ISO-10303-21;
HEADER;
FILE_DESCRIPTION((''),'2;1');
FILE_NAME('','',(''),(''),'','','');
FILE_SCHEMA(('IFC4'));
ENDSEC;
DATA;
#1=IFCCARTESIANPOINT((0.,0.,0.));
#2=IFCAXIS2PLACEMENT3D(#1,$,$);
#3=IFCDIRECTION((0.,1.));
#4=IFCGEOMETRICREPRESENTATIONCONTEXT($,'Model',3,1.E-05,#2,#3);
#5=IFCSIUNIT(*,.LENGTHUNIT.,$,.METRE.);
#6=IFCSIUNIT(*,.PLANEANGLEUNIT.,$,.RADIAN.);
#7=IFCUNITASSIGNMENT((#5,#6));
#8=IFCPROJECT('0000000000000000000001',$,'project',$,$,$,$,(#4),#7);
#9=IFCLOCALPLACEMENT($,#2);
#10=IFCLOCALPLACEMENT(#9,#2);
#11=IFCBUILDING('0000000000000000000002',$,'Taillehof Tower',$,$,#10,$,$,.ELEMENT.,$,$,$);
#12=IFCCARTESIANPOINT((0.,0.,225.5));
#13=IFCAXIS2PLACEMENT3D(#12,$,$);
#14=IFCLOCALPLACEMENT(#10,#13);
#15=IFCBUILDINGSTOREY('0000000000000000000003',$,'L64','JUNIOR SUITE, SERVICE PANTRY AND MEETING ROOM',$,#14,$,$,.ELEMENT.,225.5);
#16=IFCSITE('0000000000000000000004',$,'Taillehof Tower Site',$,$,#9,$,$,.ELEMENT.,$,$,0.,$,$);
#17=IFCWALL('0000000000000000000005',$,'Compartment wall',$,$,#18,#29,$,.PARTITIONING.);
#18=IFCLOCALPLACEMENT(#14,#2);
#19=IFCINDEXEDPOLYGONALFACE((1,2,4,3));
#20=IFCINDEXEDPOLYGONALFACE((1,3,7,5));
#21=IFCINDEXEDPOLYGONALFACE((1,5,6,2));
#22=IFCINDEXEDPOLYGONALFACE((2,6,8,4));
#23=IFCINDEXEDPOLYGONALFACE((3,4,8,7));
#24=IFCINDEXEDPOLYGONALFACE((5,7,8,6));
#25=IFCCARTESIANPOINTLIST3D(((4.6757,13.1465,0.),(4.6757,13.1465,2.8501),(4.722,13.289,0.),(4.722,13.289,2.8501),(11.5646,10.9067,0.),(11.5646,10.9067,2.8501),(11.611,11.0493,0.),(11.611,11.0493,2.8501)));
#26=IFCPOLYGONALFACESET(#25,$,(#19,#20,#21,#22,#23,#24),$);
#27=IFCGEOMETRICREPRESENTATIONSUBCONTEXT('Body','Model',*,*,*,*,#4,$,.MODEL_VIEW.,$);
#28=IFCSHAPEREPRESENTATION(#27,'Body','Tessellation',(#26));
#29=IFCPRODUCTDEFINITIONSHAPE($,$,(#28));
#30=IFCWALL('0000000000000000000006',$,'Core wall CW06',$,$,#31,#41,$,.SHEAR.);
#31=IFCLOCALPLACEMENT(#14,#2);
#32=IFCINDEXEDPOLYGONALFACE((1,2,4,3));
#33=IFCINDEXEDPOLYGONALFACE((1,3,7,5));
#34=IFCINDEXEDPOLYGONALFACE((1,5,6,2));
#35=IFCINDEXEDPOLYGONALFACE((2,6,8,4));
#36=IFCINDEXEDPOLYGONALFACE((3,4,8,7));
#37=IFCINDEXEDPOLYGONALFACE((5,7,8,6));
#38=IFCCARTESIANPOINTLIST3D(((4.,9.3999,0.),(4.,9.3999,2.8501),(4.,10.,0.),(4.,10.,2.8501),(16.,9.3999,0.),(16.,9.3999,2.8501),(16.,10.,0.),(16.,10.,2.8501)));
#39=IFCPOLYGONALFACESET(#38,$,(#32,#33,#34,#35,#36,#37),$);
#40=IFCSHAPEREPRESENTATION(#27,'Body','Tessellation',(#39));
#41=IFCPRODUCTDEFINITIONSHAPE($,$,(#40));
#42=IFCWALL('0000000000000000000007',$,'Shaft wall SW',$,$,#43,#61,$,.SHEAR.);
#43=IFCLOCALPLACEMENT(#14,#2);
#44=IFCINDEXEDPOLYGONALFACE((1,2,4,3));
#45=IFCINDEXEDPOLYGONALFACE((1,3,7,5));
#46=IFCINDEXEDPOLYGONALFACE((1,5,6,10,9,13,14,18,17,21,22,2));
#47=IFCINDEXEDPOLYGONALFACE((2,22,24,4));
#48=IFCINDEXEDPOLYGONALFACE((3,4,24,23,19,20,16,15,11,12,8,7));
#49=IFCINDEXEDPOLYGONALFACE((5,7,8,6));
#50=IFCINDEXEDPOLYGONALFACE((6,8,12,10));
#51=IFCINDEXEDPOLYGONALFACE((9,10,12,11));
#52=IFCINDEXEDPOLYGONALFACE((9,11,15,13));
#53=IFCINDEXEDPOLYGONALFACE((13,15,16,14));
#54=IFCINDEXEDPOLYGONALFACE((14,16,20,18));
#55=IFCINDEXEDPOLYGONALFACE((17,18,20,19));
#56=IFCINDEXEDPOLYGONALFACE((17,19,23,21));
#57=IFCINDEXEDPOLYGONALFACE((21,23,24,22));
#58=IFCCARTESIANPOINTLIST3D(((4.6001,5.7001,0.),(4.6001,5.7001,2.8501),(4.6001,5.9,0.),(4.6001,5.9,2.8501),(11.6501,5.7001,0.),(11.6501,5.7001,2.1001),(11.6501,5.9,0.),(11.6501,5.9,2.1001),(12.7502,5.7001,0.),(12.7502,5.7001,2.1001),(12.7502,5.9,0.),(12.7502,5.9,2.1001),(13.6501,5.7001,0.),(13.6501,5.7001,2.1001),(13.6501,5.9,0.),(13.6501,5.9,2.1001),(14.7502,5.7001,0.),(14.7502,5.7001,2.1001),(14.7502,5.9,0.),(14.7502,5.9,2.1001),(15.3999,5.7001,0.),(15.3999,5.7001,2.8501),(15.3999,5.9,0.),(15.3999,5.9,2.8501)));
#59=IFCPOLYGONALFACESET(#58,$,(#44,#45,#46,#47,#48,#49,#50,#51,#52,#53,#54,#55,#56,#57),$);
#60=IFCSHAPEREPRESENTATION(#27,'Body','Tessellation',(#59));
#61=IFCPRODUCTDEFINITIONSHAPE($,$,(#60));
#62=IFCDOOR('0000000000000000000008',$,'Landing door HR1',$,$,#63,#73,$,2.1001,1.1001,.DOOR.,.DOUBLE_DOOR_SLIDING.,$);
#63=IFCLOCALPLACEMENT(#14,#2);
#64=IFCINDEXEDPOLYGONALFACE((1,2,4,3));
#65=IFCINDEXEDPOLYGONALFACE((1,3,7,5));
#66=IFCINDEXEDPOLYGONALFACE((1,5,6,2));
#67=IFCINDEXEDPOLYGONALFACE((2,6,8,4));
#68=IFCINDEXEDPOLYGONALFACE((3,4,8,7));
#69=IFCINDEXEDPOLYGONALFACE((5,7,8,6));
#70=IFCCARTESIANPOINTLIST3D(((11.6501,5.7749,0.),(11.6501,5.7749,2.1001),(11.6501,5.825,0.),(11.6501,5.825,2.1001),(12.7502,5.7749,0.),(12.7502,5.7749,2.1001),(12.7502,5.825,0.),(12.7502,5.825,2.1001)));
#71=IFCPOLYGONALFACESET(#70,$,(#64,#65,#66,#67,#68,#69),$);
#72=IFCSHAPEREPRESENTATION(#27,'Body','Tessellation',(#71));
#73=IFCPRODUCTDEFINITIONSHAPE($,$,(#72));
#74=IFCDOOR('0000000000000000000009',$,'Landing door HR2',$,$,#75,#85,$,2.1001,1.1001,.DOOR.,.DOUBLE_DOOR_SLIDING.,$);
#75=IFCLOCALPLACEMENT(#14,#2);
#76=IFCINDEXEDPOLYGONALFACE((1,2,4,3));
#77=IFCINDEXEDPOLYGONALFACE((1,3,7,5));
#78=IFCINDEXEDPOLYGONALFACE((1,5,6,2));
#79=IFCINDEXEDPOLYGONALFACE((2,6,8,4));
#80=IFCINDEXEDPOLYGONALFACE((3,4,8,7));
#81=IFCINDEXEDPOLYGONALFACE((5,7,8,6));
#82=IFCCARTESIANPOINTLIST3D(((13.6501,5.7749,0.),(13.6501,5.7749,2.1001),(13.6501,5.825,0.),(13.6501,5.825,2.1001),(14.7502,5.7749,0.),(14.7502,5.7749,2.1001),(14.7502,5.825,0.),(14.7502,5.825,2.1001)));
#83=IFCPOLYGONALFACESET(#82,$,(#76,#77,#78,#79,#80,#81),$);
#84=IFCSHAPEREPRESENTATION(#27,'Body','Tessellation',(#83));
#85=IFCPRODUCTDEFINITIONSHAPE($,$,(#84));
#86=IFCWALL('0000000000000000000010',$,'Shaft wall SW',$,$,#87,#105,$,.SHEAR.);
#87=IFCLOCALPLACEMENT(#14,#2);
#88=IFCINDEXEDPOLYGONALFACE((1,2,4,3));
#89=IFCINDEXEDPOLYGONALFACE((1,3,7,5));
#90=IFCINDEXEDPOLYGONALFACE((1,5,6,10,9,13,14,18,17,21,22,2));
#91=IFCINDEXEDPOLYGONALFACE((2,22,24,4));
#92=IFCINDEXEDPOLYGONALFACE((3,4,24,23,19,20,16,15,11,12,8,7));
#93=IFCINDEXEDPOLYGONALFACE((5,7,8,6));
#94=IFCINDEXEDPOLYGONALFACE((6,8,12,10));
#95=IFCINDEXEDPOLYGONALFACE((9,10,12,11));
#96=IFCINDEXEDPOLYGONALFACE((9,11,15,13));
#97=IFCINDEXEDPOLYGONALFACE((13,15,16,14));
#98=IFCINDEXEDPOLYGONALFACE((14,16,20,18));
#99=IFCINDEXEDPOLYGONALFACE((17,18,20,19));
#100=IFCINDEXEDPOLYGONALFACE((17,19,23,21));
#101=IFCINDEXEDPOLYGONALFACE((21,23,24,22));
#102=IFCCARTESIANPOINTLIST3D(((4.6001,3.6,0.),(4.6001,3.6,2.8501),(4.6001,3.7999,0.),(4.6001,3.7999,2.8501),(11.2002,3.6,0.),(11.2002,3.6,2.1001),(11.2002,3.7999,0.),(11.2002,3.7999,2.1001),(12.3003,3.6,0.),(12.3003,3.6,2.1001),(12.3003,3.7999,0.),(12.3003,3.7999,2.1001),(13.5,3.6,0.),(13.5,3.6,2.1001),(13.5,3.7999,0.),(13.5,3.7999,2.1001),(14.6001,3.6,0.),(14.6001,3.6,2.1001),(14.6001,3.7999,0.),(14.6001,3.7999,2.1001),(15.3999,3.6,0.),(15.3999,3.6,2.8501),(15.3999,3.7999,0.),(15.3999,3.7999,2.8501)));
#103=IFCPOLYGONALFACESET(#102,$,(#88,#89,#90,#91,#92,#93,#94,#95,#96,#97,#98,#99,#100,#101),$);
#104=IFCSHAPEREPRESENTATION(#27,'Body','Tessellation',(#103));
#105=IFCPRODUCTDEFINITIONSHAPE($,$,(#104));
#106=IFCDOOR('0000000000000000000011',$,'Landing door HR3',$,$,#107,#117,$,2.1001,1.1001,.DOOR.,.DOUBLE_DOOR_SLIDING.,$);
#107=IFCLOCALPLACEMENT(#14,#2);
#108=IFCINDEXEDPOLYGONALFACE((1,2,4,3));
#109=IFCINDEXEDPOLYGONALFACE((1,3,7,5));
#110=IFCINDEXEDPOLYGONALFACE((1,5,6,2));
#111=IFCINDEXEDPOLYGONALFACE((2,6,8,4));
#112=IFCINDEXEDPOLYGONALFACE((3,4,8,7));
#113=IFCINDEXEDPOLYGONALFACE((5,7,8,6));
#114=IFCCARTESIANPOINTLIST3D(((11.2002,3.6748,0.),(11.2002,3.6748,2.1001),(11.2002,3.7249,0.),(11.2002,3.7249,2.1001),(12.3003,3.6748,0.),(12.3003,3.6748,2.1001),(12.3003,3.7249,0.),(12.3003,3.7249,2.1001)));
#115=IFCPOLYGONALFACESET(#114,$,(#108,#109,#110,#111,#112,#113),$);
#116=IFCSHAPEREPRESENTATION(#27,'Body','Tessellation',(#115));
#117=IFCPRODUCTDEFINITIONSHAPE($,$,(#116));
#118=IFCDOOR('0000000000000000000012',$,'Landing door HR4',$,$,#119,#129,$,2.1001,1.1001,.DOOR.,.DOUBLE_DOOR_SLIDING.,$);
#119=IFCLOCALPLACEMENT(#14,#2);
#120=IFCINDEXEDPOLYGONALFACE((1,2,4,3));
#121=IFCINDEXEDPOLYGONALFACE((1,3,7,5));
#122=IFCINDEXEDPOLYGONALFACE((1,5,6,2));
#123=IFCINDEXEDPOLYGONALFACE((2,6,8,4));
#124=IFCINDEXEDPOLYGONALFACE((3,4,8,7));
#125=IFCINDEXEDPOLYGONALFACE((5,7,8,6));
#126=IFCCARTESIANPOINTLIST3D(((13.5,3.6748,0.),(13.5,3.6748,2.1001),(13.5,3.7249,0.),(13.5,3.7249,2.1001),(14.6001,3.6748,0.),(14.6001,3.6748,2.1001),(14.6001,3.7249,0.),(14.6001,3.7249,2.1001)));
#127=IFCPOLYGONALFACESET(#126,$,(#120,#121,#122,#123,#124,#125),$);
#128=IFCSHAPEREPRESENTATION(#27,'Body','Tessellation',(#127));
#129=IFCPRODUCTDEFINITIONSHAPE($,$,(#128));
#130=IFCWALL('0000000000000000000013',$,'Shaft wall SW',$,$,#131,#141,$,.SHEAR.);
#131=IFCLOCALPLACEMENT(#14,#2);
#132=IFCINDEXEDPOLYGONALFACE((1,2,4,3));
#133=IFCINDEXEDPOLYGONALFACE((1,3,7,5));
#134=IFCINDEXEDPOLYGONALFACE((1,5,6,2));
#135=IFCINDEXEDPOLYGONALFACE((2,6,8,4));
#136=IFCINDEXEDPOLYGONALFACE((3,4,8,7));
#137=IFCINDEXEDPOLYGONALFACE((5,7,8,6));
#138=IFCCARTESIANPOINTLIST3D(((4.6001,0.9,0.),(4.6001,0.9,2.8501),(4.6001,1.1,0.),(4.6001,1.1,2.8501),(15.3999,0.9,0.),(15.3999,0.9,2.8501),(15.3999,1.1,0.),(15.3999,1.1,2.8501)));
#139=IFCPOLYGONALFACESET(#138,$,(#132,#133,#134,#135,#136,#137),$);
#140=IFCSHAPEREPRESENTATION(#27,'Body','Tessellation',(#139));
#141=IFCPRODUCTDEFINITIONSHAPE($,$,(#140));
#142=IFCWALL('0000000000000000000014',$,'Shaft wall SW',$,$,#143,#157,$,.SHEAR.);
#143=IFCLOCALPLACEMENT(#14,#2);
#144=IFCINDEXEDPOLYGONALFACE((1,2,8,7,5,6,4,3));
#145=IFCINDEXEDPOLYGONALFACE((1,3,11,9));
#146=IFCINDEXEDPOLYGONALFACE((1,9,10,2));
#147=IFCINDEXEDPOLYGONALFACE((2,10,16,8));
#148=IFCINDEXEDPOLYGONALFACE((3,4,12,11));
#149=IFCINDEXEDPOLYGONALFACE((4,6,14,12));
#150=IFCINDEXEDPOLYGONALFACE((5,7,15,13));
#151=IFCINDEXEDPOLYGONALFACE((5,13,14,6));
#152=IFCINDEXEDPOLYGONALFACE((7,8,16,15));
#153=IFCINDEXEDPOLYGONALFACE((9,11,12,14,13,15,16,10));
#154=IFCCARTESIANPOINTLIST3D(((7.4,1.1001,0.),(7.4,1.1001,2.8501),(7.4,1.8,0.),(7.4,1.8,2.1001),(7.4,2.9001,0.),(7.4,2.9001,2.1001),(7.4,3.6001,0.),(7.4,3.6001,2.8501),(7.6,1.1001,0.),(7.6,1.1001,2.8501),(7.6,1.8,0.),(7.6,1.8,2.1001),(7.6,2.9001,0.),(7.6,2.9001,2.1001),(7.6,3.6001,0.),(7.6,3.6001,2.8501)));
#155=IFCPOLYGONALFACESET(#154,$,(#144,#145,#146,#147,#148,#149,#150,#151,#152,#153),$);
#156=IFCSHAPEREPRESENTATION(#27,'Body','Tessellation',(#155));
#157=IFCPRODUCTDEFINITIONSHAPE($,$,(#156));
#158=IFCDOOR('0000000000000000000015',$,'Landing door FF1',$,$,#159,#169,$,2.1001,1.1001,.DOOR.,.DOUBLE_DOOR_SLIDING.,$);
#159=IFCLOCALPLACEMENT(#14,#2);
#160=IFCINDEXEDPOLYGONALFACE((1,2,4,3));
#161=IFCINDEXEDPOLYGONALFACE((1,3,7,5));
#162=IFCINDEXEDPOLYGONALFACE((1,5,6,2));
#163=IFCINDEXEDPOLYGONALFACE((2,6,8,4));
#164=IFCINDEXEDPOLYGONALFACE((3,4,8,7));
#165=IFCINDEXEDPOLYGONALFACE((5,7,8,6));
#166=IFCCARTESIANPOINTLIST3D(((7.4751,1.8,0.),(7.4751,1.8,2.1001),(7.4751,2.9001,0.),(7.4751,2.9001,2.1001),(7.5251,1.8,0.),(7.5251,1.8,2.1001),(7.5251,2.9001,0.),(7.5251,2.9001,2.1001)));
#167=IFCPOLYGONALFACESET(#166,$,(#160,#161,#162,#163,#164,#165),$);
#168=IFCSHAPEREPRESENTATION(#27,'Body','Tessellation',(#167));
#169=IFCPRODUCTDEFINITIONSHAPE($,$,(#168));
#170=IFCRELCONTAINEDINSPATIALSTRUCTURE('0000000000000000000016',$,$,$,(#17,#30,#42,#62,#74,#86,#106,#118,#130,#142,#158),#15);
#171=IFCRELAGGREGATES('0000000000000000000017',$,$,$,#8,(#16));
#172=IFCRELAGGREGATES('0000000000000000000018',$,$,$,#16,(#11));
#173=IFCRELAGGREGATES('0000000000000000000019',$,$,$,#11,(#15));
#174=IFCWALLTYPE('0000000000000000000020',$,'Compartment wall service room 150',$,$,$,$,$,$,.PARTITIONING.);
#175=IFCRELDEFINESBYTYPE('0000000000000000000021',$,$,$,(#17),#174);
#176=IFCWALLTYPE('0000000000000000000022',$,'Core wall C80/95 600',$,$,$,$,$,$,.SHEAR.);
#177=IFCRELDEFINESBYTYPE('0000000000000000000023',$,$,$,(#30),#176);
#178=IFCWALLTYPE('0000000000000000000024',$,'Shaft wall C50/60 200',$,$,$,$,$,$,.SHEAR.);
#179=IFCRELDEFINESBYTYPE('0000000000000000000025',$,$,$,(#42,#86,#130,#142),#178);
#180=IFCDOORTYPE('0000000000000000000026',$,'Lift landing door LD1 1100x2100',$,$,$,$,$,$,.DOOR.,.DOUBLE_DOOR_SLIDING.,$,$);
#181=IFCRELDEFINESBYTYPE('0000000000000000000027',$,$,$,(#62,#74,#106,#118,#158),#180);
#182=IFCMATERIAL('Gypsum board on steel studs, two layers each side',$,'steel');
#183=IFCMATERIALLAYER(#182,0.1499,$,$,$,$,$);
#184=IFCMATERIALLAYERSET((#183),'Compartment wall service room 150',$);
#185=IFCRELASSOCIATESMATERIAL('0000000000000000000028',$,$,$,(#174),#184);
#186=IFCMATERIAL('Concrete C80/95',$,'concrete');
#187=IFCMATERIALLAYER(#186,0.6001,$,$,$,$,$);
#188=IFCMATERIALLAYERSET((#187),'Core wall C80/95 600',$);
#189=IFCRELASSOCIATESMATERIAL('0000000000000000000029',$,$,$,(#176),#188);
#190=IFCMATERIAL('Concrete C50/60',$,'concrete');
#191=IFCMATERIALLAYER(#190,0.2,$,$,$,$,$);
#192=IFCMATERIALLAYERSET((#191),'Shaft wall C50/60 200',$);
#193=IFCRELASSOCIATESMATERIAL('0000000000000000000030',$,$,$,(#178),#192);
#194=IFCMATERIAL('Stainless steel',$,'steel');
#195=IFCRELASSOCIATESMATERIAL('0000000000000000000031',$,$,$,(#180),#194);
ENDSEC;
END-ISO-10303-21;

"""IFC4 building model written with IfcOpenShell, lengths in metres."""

from ifc_helpers import new_model, si_unit, direction, frame, frame_2d, origin, place, context, subcontext, project, spatial, rectangle, extrude, material, layer, layer_set, type_object, element, fill, save


model = new_model("IFC4")

# Units and contexts
model_context = context("Model", 3, precision=1e-05, world=origin(), true_north=direction((0.0, 1.0)))
body_context = subcontext(model_context, "Body", "Model", "MODEL_VIEW")
ifc_project = project(units=[si_unit("LENGTHUNIT", "METRE"), si_unit("PLANEANGLEUNIT", "RADIAN")], contexts=[model_context])

# Site, building, storey
site_placement = place(None, origin())
site = spatial("IfcSite", under=ifc_project, at=site_placement, Name="Taillehof Tower Site", CompositionType="ELEMENT", RefElevation=0.0)
building_placement = place(site_placement, origin())
building = spatial("IfcBuilding", under=site, at=building_placement, Name="Taillehof Tower", CompositionType="ELEMENT")
storey_placement = place(building_placement, frame((0.0, 0.0, 225.5)))
storey = spatial("IfcBuildingStorey", under=building, at=storey_placement, Name="L64", Description="JUNIOR SUITE, SERVICE PANTRY AND MEETING ROOM", CompositionType="ELEMENT", Elevation=225.5)

# Shared definitions
ifc_material_1 = material(Name="Gypsum board on steel studs, two layers each side", Category="steel")
ifc_layer_1 = layer(ifc_material_1, 0.1499)
ifc_layer_set_1 = layer_set([ifc_layer_1], Name="Compartment wall service room 150")
wall_type_1 = type_object("IfcWallType", Name="Compartment wall service room 150", PredefinedType="PARTITIONING", material=ifc_layer_set_1)

# Walls
wall_1_placement = place(storey_placement, frame((4.6987, 13.2178, 0.0), z_axis=(0.0, 0.0, 1.0), x_axis=(0.951, -0.309192, 0.0)))
element("IfcWall", 1, at=wall_1_placement, inside=storey, type_object=wall_type_1, Name="Compartment wall", PredefinedType="PARTITIONING", context=body_context, shape_type="SweptSolid", body=[
    extrude(rectangle(XDim=7.2439, YDim=0.1499, at=frame_2d((3.6221, 0.0))), origin(), (0.0, 0.0, 1.0), 2.8501),
])
ifc_material_2 = material(Name="Concrete C80/95", Category="concrete")
ifc_layer_2 = layer(ifc_material_2, 0.6001)
ifc_layer_set_2 = layer_set([ifc_layer_2], Name="Core wall C80/95 600")
wall_type_2 = type_object("IfcWallType", Name="Core wall C80/95 600", PredefinedType="SHEAR", material=ifc_layer_set_2)
wall_2_placement = place(storey_placement, frame((4.0, 9.7, 0.0), z_axis=(0.0, 0.0, 1.0), x_axis=(1.0, 0.0, 0.0)))
element("IfcWall", 2, at=wall_2_placement, inside=storey, type_object=wall_type_2, Name="Core wall CW06", PredefinedType="SHEAR", context=body_context, shape_type="SweptSolid", body=[
    extrude(rectangle(XDim=12.0, YDim=0.6001, at=frame_2d((6.0, 0.0))), origin(), (0.0, 0.0, 1.0), 2.8501),
])

# Walls, openings, doors
ifc_material_3 = material(Name="Concrete C50/60", Category="concrete")
ifc_layer_3 = layer(ifc_material_3, 0.2)
ifc_layer_set_3 = layer_set([ifc_layer_3], Name="Shaft wall C50/60 200")
wall_type_3 = type_object("IfcWallType", Name="Shaft wall C50/60 200", PredefinedType="SHEAR", material=ifc_layer_set_3)
wall_3_placement = place(storey_placement, frame((4.6001, 5.8, 0.0), z_axis=(0.0, 0.0, 1.0), x_axis=(1.0, 0.0, 0.0)))
wall_3 = element("IfcWall", 3, at=wall_3_placement, inside=storey, type_object=wall_type_3, Name="Shaft wall SW", PredefinedType="SHEAR", context=body_context, shape_type="SweptSolid", body=[
    extrude(rectangle(XDim=10.7998, YDim=0.2, at=frame_2d((5.3999, 0.0))), origin(), (0.0, 0.0, 1.0), 2.8501),
])
opening_1_placement = place(wall_3_placement, frame((7.05, 0.0, 0.0)))
opening_1 = element("IfcOpeningElement", 4, at=opening_1_placement, cuts=wall_3, PredefinedType="OPENING", context=body_context, shape_type="SweptSolid", body=[
    extrude(rectangle(XDim=1.1001, YDim=2.1001, at=frame_2d((0.55, 1.05))), frame((0.0, 0.1099, 0.0), z_axis=(0.0, -1.0, 0.0), x_axis=(1.0, 0.0, 0.0)), (0.0, 0.0, 1.0), 0.22),
])
opening_2_placement = place(wall_3_placement, frame((9.05, 0.0, 0.0)))
opening_2 = element("IfcOpeningElement", 5, at=opening_2_placement, cuts=wall_3, PredefinedType="OPENING", context=body_context, shape_type="SweptSolid", body=[
    extrude(rectangle(XDim=1.1001, YDim=2.1001, at=frame_2d((0.55, 1.05))), frame((0.0, 0.1099, 0.0), z_axis=(0.0, -1.0, 0.0), x_axis=(1.0, 0.0, 0.0)), (0.0, 0.0, 1.0), 0.22),
])
ifc_material_4 = material(Name="Stainless steel", Category="steel")
door_type_1 = type_object("IfcDoorType", Name="Lift landing door LD1 1100x2100", OperationType="DOUBLE_DOOR_SLIDING", PredefinedType="DOOR", material=ifc_material_4)
door_1_placement = place(opening_1_placement, origin())
door_1 = element("IfcDoor", 6, at=door_1_placement, inside=storey, type_object=door_type_1, Name="Landing door HR1", OperationType="DOUBLE_DOOR_SLIDING", OverallHeight=2.1001, OverallWidth=1.1001, PredefinedType="DOOR", context=body_context, shape_type="SweptSolid", body=[
    extrude(rectangle(XDim=1.1001, YDim=2.1001, at=frame_2d((0.55, 1.05))), frame((0.0, 0.0249, 0.0), z_axis=(0.0, -1.0, 0.0), x_axis=(1.0, 0.0, 0.0)), (0.0, 0.0, 1.0), 0.05),
])
fill(opening_1, door_1)
door_2_placement = place(opening_2_placement, origin())
door_2 = element("IfcDoor", 7, at=door_2_placement, inside=storey, type_object=door_type_1, Name="Landing door HR2", OperationType="DOUBLE_DOOR_SLIDING", OverallHeight=2.1001, OverallWidth=1.1001, PredefinedType="DOOR", context=body_context, shape_type="SweptSolid", body=[
    extrude(rectangle(XDim=1.1001, YDim=2.1001, at=frame_2d((0.55, 1.05))), frame((0.0, 0.0249, 0.0), z_axis=(0.0, -1.0, 0.0), x_axis=(1.0, 0.0, 0.0)), (0.0, 0.0, 1.0), 0.05),
])
fill(opening_2, door_2)
wall_4_placement = place(storey_placement, frame((4.6001, 3.7, 0.0), z_axis=(0.0, 0.0, 1.0), x_axis=(1.0, 0.0, 0.0)))
wall_4 = element("IfcWall", 8, at=wall_4_placement, inside=storey, type_object=wall_type_3, Name="Shaft wall SW", PredefinedType="SHEAR", context=body_context, shape_type="SweptSolid", body=[
    extrude(rectangle(XDim=10.7998, YDim=0.2, at=frame_2d((5.3999, 0.0))), origin(), (0.0, 0.0, 1.0), 2.8501),
])
opening_3_placement = place(wall_4_placement, frame((6.6001, 0.0, 0.0)))
opening_3 = element("IfcOpeningElement", 9, at=opening_3_placement, cuts=wall_4, PredefinedType="OPENING", context=body_context, shape_type="SweptSolid", body=[
    extrude(rectangle(XDim=1.1001, YDim=2.1001, at=frame_2d((0.55, 1.05))), frame((0.0, 0.1099, 0.0), z_axis=(0.0, -1.0, 0.0), x_axis=(1.0, 0.0, 0.0)), (0.0, 0.0, 1.0), 0.22),
])
opening_4_placement = place(wall_4_placement, frame((8.8999, 0.0, 0.0)))
opening_4 = element("IfcOpeningElement", 10, at=opening_4_placement, cuts=wall_4, PredefinedType="OPENING", context=body_context, shape_type="SweptSolid", body=[
    extrude(rectangle(XDim=1.1001, YDim=2.1001, at=frame_2d((0.55, 1.05))), frame((0.0, 0.1099, 0.0), z_axis=(0.0, -1.0, 0.0), x_axis=(1.0, 0.0, 0.0)), (0.0, 0.0, 1.0), 0.22),
])
door_3_placement = place(opening_3_placement, origin())
door_3 = element("IfcDoor", 11, at=door_3_placement, inside=storey, type_object=door_type_1, Name="Landing door HR3", OperationType="DOUBLE_DOOR_SLIDING", OverallHeight=2.1001, OverallWidth=1.1001, PredefinedType="DOOR", context=body_context, shape_type="SweptSolid", body=[
    extrude(rectangle(XDim=1.1001, YDim=2.1001, at=frame_2d((0.55, 1.05))), frame((0.0, 0.0249, 0.0), z_axis=(0.0, -1.0, 0.0), x_axis=(1.0, 0.0, 0.0)), (0.0, 0.0, 1.0), 0.05),
])
fill(opening_3, door_3)
door_4_placement = place(opening_4_placement, origin())
door_4 = element("IfcDoor", 12, at=door_4_placement, inside=storey, type_object=door_type_1, Name="Landing door HR4", OperationType="DOUBLE_DOOR_SLIDING", OverallHeight=2.1001, OverallWidth=1.1001, PredefinedType="DOOR", context=body_context, shape_type="SweptSolid", body=[
    extrude(rectangle(XDim=1.1001, YDim=2.1001, at=frame_2d((0.55, 1.05))), frame((0.0, 0.0249, 0.0), z_axis=(0.0, -1.0, 0.0), x_axis=(1.0, 0.0, 0.0)), (0.0, 0.0, 1.0), 0.05),
])
fill(opening_4, door_4)

# Wall
wall_5_placement = place(storey_placement, frame((4.6001, 1.0, 0.0), z_axis=(0.0, 0.0, 1.0), x_axis=(1.0, 0.0, 0.0)))
element("IfcWall", 13, at=wall_5_placement, inside=storey, type_object=wall_type_3, Name="Shaft wall SW", PredefinedType="SHEAR", context=body_context, shape_type="SweptSolid", body=[
    extrude(rectangle(XDim=10.7998, YDim=0.2, at=frame_2d((5.3999, 0.0))), origin(), (0.0, 0.0, 1.0), 2.8501),
])

# Wall, opening, door
wall_6_placement = place(storey_placement, frame((7.5, 1.1001, 0.0), z_axis=(0.0, 0.0, 1.0), x_axis=(0.0, 1.0, 0.0)))
wall_6 = element("IfcWall", 14, at=wall_6_placement, inside=storey, type_object=wall_type_3, Name="Shaft wall SW", PredefinedType="SHEAR", context=body_context, shape_type="SweptSolid", body=[
    extrude(rectangle(XDim=2.5, YDim=0.2, at=frame_2d((1.25, 0.0))), origin(), (0.0, 0.0, 1.0), 2.8501),
])
opening_5_placement = place(wall_6_placement, frame((0.7, 0.0, 0.0)))
opening_5 = element("IfcOpeningElement", 15, at=opening_5_placement, cuts=wall_6, PredefinedType="OPENING", context=body_context, shape_type="SweptSolid", body=[
    extrude(rectangle(XDim=1.1001, YDim=2.1001, at=frame_2d((0.55, 1.05))), frame((0.0, 0.1099, 0.0), z_axis=(0.0, -1.0, 0.0), x_axis=(1.0, 0.0, 0.0)), (0.0, 0.0, 1.0), 0.22),
])
door_5_placement = place(opening_5_placement, origin())
door_5 = element("IfcDoor", 16, at=door_5_placement, inside=storey, type_object=door_type_1, Name="Landing door FF1", OperationType="DOUBLE_DOOR_SLIDING", OverallHeight=2.1001, OverallWidth=1.1001, PredefinedType="DOOR", context=body_context, shape_type="SweptSolid", body=[
    extrude(rectangle(XDim=1.1001, YDim=2.1001, at=frame_2d((0.55, 1.05))), frame((0.0, 0.0249, 0.0), z_axis=(0.0, -1.0, 0.0), x_axis=(1.0, 0.0, 0.0)), (0.0, 0.0, 1.0), 0.05),
])
fill(opening_5, door_5)

save(model, "model.ifc")
